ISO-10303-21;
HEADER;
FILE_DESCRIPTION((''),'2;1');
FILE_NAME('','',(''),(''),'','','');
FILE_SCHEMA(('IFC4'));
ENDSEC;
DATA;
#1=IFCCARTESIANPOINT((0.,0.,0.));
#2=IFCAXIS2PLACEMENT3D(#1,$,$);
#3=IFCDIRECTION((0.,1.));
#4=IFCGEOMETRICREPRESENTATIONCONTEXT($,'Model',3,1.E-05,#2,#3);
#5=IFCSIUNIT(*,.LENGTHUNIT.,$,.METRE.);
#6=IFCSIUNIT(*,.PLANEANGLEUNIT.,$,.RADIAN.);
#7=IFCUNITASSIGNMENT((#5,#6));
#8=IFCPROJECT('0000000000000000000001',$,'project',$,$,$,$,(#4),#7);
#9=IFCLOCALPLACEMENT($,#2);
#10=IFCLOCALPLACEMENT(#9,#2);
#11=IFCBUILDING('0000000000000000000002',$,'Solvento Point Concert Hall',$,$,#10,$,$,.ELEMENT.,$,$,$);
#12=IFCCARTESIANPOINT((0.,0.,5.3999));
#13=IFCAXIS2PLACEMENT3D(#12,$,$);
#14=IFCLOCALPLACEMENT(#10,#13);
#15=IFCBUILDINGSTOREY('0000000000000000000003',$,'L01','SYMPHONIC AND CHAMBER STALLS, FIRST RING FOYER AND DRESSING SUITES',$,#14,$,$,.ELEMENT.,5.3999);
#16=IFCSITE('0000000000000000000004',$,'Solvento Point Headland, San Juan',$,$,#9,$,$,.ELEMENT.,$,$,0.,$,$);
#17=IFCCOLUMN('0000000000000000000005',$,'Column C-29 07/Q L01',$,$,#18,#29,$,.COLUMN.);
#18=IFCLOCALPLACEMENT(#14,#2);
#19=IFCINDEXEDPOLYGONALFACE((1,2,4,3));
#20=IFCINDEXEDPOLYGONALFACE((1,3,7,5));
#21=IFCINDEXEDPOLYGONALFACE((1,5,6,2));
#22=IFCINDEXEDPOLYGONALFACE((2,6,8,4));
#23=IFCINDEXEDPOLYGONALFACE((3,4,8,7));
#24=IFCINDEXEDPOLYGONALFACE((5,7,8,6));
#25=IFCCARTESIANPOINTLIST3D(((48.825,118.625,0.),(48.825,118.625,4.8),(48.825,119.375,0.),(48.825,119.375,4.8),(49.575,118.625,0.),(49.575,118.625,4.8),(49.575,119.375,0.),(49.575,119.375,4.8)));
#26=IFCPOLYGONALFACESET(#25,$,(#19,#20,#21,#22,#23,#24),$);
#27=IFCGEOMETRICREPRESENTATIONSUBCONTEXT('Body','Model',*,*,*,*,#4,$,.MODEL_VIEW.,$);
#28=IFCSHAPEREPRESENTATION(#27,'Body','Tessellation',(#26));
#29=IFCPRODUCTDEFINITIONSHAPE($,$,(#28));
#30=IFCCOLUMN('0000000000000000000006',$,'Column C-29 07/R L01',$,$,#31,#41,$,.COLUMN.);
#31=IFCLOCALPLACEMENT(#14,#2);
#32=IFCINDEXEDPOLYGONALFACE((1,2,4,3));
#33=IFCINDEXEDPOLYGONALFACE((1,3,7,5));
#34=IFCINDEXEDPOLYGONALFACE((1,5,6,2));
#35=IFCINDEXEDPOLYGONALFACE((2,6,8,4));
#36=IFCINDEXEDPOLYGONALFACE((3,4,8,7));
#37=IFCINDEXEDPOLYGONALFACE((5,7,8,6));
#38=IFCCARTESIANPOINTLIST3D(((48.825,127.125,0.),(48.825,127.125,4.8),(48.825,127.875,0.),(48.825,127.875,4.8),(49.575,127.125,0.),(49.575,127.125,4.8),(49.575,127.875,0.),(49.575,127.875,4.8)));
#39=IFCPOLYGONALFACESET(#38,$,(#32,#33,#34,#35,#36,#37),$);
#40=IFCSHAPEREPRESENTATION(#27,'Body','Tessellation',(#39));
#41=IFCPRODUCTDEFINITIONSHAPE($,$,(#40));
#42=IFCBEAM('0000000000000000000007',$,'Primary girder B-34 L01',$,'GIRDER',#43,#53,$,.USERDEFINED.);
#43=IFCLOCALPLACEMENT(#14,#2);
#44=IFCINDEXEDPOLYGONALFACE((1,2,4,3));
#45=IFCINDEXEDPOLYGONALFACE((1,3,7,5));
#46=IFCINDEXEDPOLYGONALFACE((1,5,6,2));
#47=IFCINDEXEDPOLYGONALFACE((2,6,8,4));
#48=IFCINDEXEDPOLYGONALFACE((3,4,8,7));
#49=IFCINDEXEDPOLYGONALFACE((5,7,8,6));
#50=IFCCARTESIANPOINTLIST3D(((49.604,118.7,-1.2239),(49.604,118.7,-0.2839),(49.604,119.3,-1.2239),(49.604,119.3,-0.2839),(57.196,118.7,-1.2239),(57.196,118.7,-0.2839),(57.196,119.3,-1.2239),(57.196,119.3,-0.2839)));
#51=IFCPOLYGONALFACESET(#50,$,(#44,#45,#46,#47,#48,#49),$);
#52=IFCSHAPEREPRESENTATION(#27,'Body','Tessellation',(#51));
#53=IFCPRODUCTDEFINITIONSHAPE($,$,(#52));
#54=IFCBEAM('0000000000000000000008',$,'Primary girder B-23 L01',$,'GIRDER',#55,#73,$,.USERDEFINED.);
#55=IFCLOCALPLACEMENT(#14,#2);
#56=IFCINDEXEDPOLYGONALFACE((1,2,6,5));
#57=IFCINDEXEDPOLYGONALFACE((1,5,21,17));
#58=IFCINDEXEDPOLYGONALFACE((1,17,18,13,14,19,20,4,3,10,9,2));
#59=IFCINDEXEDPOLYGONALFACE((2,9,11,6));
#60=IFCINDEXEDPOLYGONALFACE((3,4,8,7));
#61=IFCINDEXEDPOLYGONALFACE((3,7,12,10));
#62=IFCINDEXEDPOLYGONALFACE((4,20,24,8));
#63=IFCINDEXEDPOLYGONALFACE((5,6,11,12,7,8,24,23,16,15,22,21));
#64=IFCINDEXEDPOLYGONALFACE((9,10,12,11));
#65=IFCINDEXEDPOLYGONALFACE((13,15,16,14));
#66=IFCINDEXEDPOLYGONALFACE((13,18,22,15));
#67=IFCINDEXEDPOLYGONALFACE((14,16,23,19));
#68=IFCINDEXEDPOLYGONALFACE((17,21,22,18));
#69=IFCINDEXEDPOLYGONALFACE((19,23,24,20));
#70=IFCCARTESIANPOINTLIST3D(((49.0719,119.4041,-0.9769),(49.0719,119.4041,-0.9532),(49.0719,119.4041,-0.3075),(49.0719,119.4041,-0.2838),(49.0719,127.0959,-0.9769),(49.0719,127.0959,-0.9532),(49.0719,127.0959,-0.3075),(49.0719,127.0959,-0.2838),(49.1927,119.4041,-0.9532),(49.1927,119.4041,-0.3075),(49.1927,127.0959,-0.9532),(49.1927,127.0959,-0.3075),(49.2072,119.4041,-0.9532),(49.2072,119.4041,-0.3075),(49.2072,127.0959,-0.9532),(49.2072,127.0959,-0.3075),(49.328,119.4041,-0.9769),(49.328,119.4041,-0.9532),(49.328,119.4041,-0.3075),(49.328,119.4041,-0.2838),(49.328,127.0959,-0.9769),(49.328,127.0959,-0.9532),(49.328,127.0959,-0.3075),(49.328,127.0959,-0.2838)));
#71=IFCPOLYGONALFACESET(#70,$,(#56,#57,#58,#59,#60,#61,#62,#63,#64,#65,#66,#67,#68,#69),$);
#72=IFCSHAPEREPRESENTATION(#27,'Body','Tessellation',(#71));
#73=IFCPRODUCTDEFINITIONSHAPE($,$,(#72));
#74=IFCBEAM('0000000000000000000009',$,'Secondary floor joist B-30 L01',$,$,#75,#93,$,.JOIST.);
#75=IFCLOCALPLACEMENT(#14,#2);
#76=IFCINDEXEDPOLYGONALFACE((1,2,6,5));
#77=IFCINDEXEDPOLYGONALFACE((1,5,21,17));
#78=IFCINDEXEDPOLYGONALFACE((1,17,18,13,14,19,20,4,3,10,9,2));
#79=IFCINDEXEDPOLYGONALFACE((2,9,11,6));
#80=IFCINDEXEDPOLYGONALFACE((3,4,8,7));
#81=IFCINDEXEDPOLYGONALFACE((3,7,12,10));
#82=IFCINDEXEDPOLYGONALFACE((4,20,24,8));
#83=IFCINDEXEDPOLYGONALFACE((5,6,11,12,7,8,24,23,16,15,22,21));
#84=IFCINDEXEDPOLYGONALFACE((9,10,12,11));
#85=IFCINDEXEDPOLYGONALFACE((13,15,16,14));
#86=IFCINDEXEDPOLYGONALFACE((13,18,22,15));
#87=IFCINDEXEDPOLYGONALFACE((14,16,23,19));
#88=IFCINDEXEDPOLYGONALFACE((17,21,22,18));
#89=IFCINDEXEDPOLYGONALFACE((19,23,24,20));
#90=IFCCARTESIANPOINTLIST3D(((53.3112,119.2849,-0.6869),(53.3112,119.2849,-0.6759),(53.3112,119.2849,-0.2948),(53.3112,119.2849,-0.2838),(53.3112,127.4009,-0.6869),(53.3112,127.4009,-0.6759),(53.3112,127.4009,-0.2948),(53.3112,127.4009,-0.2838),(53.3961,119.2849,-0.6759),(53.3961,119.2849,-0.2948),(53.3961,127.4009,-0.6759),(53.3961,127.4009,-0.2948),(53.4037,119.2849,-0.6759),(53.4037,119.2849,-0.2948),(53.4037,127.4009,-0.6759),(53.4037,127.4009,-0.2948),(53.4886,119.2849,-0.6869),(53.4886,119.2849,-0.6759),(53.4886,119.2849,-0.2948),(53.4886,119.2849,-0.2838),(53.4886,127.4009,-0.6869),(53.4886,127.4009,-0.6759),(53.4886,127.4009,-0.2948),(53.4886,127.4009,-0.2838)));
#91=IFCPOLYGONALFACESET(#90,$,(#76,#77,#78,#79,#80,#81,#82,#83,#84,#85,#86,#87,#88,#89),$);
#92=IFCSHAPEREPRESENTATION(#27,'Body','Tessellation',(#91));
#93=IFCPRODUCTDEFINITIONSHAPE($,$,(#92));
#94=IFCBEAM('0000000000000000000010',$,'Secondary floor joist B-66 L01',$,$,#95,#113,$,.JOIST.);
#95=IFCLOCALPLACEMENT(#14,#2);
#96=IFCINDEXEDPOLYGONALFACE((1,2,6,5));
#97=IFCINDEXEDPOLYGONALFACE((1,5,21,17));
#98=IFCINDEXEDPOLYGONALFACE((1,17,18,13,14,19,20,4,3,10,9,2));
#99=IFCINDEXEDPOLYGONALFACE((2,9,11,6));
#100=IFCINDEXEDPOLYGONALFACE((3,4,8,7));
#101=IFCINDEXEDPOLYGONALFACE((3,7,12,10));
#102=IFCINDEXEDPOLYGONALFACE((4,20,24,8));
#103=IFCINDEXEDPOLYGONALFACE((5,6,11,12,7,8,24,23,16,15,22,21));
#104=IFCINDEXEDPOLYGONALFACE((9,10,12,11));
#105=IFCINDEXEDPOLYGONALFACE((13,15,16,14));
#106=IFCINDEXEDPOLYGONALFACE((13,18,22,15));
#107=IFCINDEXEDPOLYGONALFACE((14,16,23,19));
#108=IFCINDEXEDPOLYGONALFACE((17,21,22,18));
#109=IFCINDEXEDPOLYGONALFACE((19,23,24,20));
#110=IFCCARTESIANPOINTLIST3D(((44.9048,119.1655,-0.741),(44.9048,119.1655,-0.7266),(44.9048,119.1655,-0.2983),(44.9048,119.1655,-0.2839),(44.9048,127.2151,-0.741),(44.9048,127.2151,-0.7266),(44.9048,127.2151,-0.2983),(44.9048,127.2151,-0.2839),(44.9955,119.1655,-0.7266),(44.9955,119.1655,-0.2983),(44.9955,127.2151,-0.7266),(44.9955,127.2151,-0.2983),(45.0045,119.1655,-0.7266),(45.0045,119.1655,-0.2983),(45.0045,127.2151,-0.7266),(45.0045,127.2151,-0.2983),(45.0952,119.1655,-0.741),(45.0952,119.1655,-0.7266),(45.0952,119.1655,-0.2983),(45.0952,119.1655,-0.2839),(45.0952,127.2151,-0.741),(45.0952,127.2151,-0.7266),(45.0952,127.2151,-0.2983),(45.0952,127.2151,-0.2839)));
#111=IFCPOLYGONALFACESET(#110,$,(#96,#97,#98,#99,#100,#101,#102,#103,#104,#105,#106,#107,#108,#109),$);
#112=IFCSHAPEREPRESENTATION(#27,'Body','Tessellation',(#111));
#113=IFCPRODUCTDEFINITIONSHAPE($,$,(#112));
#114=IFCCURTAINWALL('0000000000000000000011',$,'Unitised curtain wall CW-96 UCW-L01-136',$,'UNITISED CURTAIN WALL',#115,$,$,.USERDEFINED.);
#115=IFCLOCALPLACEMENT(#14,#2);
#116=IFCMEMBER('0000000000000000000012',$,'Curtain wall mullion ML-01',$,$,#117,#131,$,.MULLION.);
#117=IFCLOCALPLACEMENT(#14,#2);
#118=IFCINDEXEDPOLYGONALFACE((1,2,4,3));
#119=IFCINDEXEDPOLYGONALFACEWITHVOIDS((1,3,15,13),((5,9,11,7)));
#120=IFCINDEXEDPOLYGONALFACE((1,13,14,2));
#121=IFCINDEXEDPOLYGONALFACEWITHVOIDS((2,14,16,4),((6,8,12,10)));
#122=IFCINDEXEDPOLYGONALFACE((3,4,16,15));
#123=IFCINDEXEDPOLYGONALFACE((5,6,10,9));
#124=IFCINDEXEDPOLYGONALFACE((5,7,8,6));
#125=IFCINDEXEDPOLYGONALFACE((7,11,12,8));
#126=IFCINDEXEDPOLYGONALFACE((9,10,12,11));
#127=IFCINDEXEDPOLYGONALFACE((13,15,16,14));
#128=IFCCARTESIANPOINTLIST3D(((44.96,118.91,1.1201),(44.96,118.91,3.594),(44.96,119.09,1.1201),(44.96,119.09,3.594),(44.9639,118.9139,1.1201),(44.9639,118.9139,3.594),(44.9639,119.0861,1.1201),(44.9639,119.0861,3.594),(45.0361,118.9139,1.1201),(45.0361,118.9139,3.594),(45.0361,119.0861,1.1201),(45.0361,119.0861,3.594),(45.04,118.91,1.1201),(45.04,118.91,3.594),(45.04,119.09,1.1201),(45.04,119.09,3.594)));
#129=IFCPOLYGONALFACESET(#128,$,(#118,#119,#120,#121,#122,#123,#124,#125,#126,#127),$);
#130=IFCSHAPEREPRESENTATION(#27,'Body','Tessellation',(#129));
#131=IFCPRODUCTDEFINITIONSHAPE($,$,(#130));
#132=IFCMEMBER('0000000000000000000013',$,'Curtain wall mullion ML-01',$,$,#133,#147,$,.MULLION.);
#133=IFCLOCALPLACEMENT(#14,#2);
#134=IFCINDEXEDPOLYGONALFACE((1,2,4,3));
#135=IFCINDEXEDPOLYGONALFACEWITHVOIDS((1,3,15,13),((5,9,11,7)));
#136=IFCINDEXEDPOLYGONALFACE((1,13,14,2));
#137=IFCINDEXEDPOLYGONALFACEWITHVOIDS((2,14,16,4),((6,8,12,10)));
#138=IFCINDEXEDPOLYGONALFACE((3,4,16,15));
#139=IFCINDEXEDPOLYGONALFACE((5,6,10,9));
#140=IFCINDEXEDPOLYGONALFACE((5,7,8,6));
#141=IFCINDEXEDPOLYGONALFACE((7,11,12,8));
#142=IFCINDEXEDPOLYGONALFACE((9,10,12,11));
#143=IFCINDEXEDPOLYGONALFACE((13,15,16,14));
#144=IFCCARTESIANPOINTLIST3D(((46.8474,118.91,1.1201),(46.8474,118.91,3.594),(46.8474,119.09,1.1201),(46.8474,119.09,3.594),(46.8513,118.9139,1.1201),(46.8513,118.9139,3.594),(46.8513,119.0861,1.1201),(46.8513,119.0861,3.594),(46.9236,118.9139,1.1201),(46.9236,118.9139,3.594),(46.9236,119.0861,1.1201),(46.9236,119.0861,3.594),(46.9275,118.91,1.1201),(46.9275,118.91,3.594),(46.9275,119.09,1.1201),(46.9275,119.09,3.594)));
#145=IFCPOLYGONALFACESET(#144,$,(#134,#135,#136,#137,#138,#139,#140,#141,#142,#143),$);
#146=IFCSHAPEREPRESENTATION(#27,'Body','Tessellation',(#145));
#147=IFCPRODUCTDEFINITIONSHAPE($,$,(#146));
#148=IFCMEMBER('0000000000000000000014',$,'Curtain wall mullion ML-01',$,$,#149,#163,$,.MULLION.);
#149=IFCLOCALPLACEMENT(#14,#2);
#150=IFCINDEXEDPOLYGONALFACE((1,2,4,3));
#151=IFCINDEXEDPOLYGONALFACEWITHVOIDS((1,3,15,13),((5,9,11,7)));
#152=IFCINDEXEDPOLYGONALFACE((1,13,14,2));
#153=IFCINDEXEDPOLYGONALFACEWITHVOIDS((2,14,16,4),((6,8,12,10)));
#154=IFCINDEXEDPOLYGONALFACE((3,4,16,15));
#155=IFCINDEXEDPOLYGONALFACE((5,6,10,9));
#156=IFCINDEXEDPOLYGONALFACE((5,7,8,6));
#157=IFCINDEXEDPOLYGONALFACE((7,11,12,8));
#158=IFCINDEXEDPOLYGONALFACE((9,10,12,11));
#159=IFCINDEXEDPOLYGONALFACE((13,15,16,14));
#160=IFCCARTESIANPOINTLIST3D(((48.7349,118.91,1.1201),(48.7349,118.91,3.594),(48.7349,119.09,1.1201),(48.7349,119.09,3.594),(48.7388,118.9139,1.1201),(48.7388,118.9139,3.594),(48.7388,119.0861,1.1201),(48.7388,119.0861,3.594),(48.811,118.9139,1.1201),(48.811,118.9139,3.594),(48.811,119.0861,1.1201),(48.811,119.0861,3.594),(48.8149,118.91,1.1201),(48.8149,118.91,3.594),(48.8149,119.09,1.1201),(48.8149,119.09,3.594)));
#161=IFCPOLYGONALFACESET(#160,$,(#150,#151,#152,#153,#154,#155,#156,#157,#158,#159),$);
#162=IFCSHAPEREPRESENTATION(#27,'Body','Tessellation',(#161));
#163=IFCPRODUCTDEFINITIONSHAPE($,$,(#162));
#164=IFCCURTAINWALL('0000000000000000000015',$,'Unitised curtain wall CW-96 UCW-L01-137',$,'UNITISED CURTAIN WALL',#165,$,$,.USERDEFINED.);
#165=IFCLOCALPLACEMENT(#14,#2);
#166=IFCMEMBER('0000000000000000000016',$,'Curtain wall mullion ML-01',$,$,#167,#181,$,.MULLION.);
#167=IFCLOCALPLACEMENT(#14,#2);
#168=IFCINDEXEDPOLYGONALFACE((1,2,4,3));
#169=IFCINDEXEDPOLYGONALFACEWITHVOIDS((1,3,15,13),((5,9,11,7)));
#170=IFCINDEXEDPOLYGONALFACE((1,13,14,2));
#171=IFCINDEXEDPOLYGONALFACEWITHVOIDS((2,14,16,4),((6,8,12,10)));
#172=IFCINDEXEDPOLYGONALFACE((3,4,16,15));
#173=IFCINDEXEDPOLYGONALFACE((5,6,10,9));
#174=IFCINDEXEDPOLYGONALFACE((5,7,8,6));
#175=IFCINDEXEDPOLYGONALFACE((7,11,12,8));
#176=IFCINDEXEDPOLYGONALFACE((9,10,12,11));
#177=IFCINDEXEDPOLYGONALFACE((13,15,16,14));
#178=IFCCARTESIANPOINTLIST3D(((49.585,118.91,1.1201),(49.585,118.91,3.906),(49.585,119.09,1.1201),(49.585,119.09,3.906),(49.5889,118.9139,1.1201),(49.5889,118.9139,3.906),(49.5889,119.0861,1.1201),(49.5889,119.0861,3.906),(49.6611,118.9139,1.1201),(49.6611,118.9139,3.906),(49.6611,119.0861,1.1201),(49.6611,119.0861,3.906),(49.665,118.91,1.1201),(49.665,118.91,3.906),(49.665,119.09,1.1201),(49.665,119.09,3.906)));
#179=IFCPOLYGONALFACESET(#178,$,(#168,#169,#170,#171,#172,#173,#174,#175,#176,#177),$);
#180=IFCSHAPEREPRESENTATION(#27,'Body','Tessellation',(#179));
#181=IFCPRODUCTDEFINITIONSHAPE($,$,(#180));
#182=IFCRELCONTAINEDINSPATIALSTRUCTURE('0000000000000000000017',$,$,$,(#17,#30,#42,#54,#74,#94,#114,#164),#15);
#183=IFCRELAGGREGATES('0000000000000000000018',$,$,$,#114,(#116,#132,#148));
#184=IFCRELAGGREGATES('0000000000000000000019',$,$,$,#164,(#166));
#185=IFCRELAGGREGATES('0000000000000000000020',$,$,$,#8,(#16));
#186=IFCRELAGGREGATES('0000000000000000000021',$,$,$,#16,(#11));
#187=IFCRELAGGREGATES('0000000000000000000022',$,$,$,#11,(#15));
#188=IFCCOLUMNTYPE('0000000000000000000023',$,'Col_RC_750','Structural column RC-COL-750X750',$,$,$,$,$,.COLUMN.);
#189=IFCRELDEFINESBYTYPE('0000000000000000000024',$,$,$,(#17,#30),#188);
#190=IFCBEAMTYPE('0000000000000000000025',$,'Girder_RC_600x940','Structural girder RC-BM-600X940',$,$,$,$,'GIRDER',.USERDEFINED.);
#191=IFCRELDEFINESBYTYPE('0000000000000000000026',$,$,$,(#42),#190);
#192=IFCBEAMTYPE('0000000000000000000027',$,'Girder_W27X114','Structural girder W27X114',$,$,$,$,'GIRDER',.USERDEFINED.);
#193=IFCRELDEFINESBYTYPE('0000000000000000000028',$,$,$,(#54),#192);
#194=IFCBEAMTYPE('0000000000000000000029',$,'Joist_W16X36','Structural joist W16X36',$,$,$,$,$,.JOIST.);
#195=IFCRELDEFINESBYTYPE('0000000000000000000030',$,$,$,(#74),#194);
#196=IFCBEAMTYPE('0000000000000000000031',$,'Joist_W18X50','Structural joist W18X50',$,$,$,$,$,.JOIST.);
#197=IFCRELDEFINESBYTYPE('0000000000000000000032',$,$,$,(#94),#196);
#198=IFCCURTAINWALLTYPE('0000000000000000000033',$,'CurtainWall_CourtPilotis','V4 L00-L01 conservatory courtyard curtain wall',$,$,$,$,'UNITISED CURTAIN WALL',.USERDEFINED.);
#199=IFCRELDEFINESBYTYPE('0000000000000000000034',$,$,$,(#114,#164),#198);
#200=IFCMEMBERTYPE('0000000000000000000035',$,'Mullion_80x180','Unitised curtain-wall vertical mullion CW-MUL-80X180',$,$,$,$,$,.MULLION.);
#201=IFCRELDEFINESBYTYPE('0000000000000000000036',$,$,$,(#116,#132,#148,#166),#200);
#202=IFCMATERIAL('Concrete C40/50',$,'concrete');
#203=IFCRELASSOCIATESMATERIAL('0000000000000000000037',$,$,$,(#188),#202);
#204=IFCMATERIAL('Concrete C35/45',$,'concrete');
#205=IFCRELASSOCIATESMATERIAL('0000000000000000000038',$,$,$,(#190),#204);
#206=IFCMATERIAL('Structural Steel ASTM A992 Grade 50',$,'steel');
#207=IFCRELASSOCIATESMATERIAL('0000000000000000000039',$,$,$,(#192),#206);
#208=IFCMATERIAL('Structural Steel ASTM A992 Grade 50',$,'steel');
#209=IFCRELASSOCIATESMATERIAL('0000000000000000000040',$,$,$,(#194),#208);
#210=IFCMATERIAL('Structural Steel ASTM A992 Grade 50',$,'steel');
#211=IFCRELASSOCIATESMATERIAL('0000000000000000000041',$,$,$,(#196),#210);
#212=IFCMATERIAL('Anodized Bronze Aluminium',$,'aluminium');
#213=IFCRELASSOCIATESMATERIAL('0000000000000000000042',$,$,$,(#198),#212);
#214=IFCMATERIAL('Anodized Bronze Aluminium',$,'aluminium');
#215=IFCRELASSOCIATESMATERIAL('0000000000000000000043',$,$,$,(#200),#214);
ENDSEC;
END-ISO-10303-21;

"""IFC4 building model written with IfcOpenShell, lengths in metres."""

from ifc_helpers import new_model, si_unit, direction, frame, origin, origin_2d, place, context, subcontext, project, spatial, rectangle, hollow_rectangle, i_section, extrude, material, material_profile, profile_set, type_object, element, aggregate, save


model = new_model("IFC4")

# Units and contexts
model_context = context("Model", 3, precision=1e-05, world=origin(), true_north=direction((0.0, 1.0)))
body_context = subcontext(model_context, "Body", "Model", "MODEL_VIEW")
ifc_project = project(units=[si_unit("LENGTHUNIT", "METRE"), si_unit("PLANEANGLEUNIT", "RADIAN")], contexts=[model_context])

# Site, building, storey
site_placement = place(None, origin())
site = spatial("IfcSite", under=ifc_project, at=site_placement, Name="Solvento Point Headland, San Juan", CompositionType="ELEMENT", RefElevation=0.0)
building_placement = place(site_placement, origin())
building = spatial("IfcBuilding", under=site, at=building_placement, Name="Solvento Point Concert Hall", CompositionType="ELEMENT")
storey_placement = place(building_placement, frame((0.0, 0.0, 5.3999)))
storey = spatial("IfcBuildingStorey", under=building, at=storey_placement, Name="L01", Description="SYMPHONIC AND CHAMBER STALLS, FIRST RING FOYER AND DRESSING SUITES", CompositionType="ELEMENT", Elevation=5.3999)

# Columns
ifc_material_1 = material(Name="Concrete C40/50", Category="concrete")
ifc_material_profile_1 = material_profile(ifc_material_1, rectangle(XDim=0.75, YDim=0.75, at=origin_2d()), Name="RC-COL-750X750")
ifc_profile_set_1 = profile_set([ifc_material_profile_1], Name="Concrete C40/50")
column_type = type_object("IfcColumnType", Name="Col_RC_750", Description="Structural column RC-COL-750X750", PredefinedType="COLUMN", material=ifc_profile_set_1)
for number, where, z_axis, x_axis, name in (
    (1, (49.2, 119.0, 0.0), (0.0, 0.0, 1.0), (1.0, 0.0, 0.0), "Column C-29 07/Q L01"),
    (2, (49.2, 127.5, 0.0), (0.0, 0.0, 1.0), (1.0, 0.0, 0.0), "Column C-29 07/R L01"),
):
    element("IfcColumn", number, at=place(storey_placement, frame(where, z_axis=z_axis, x_axis=x_axis)), inside=storey, type_object=column_type, Name=name, PredefinedType="COLUMN", context=body_context, shape_type="SweptSolid", body=[
        extrude(rectangle(XDim=0.75, YDim=0.75, at=origin_2d()), origin(), (0.0, 0.0, 1.0), 4.8),
    ])

# Beams
ifc_material_2 = material(Name="Concrete C35/45", Category="concrete")
ifc_material_profile_2 = material_profile(ifc_material_2, rectangle(XDim=0.6001, YDim=0.9399, at=origin_2d()), Name="RC-BM-600X940")
ifc_profile_set_2 = profile_set([ifc_material_profile_2], Name="Concrete C35/45")
beam_type_1 = type_object("IfcBeamType", Name="Girder_RC_600x940", Description="Structural girder RC-BM-600X940", ElementType="GIRDER", PredefinedType="USERDEFINED", material=ifc_profile_set_2)
beam_1_placement = place(storey_placement, frame((49.604, 119.0, -0.7539), z_axis=(1.0, 0.0, 0.0), x_axis=(0.0, 1.0, 0.0)))
element("IfcBeam", 3, at=beam_1_placement, inside=storey, type_object=beam_type_1, Name="Primary girder B-34 L01", ObjectType="GIRDER", PredefinedType="USERDEFINED", context=body_context, shape_type="SweptSolid", body=[
    extrude(rectangle(XDim=0.6001, YDim=0.9399, at=origin_2d()), origin(), (0.0, 0.0, 1.0), 7.592),
])
ifc_material_3 = material(Name="Structural Steel ASTM A992 Grade 50", Category="steel")
ifc_material_profile_3 = material_profile(ifc_material_3, i_section(OverallWidth=0.2561, OverallDepth=0.6931, WebThickness=0.0144, FlangeThickness=0.0237, at=origin_2d()), Name="W27X114")
ifc_profile_set_3 = profile_set([ifc_material_profile_3], Name="Structural Steel ASTM A992 Grade 50")
beam_type_2 = type_object("IfcBeamType", Name="Girder_W27X114", Description="Structural girder W27X114", ElementType="GIRDER", PredefinedType="USERDEFINED", material=ifc_profile_set_3)
beam_2_placement = place(storey_placement, frame((49.2, 119.4041, -0.6304), z_axis=(0.0, 1.0, 0.0), x_axis=(-1.0, 0.0, 0.0)))
element("IfcBeam", 4, at=beam_2_placement, inside=storey, type_object=beam_type_2, Name="Primary girder B-23 L01", ObjectType="GIRDER", PredefinedType="USERDEFINED", context=body_context, shape_type="SweptSolid", body=[
    extrude(i_section(OverallWidth=0.2561, OverallDepth=0.6931, WebThickness=0.0144, FlangeThickness=0.0237, at=origin_2d()), origin(), (0.0, 0.0, 1.0), 7.6919),
])
ifc_material_4 = material(Name="Structural Steel ASTM A992 Grade 50", Category="steel")
ifc_material_profile_4 = material_profile(ifc_material_4, i_section(OverallWidth=0.1775, OverallDepth=0.4031, WebThickness=0.0076, FlangeThickness=0.011, at=origin_2d()), Name="W16X36")
ifc_profile_set_4 = profile_set([ifc_material_profile_4], Name="Structural Steel ASTM A992 Grade 50")
beam_type_3 = type_object("IfcBeamType", Name="Joist_W16X36", Description="Structural joist W16X36", PredefinedType="JOIST", material=ifc_profile_set_4)
beam_3_placement = place(storey_placement, frame((53.3999, 119.2849, -0.4854), z_axis=(0.0, 1.0, 0.0), x_axis=(-1.0, 0.0, 0.0)))
element("IfcBeam", 5, at=beam_3_placement, inside=storey, type_object=beam_type_3, Name="Secondary floor joist B-30 L01", PredefinedType="JOIST", context=body_context, shape_type="SweptSolid", body=[
    extrude(i_section(OverallWidth=0.1775, OverallDepth=0.4031, WebThickness=0.0076, FlangeThickness=0.011, at=origin_2d()), origin(), (0.0, 0.0, 1.0), 8.116),
])
ifc_material_5 = material(Name="Structural Steel ASTM A992 Grade 50", Category="steel")
ifc_material_profile_5 = material_profile(ifc_material_5, i_section(OverallWidth=0.1904, OverallDepth=0.457, WebThickness=0.009, FlangeThickness=0.0144, at=origin_2d()), Name="W18X50")
ifc_profile_set_5 = profile_set([ifc_material_profile_5], Name="Structural Steel ASTM A992 Grade 50")
beam_type_4 = type_object("IfcBeamType", Name="Joist_W18X50", Description="Structural joist W18X50", PredefinedType="JOIST", material=ifc_profile_set_5)
beam_4_placement = place(storey_placement, frame((45.0, 119.1655, -0.5125), z_axis=(0.0, 1.0, 0.0), x_axis=(-1.0, 0.0, 0.0)))
element("IfcBeam", 6, at=beam_4_placement, inside=storey, type_object=beam_type_4, Name="Secondary floor joist B-66 L01", PredefinedType="JOIST", context=body_context, shape_type="SweptSolid", body=[
    extrude(i_section(OverallWidth=0.1904, OverallDepth=0.457, WebThickness=0.009, FlangeThickness=0.0144, at=origin_2d()), origin(), (0.0, 0.0, 1.0), 8.0496),
])

# Curtain walls, members
ifc_material_6 = material(Name="Anodized Bronze Aluminium", Category="aluminium")
curtain_wall_type = type_object("IfcCurtainWallType", Name="CurtainWall_CourtPilotis", Description="V4 L00-L01 conservatory courtyard curtain wall", ElementType="UNITISED CURTAIN WALL", PredefinedType="USERDEFINED", material=ifc_material_6)
curtain_wall_1_placement = place(storey_placement, origin())
curtain_wall_1 = element("IfcCurtainWall", 7, at=curtain_wall_1_placement, inside=storey, type_object=curtain_wall_type, Name="Unitised curtain wall CW-96 UCW-L01-136", ObjectType="UNITISED CURTAIN WALL", PredefinedType="USERDEFINED")
ifc_material_7 = material(Name="Anodized Bronze Aluminium", Category="aluminium")
ifc_material_profile_6 = material_profile(ifc_material_7, hollow_rectangle(XDim=0.0801, YDim=0.1799, WallThickness=0.0039, at=origin_2d()), Name="CW-MUL-80X180")
ifc_profile_set_6 = profile_set([ifc_material_profile_6], Name="Anodized Bronze Aluminium")
member_type_1 = type_object("IfcMemberType", Name="Mullion_80x180", Description="Unitised curtain-wall vertical mullion CW-MUL-80X180", PredefinedType="MULLION", material=ifc_profile_set_6)
member_1_placement = place(storey_placement, frame((45.0, 119.0, 1.1201), z_axis=(0.0, 0.0, 1.0), x_axis=(1.0, 0.0, 0.0)))
member_1 = element("IfcMember", 8, at=member_1_placement, type_object=member_type_1, Name="Curtain wall mullion ML-01", PredefinedType="MULLION", context=body_context, shape_type="SweptSolid", body=[
    extrude(hollow_rectangle(XDim=0.0801, YDim=0.1799, WallThickness=0.0039, at=origin_2d()), origin(), (0.0, 0.0, 1.0), 2.4739),
])
member_2_placement = place(storey_placement, frame((46.8875, 119.0, 1.1201), z_axis=(0.0, 0.0, 1.0), x_axis=(1.0, 0.0, 0.0)))
member_2 = element("IfcMember", 9, at=member_2_placement, type_object=member_type_1, Name="Curtain wall mullion ML-01", PredefinedType="MULLION", context=body_context, shape_type="SweptSolid", body=[
    extrude(hollow_rectangle(XDim=0.0801, YDim=0.1799, WallThickness=0.0039, at=origin_2d()), origin(), (0.0, 0.0, 1.0), 2.4739),
])
member_3_placement = place(storey_placement, frame((48.7749, 119.0, 1.1201), z_axis=(0.0, 0.0, 1.0), x_axis=(1.0, 0.0, 0.0)))
member_3 = element("IfcMember", 10, at=member_3_placement, type_object=member_type_1, Name="Curtain wall mullion ML-01", PredefinedType="MULLION", context=body_context, shape_type="SweptSolid", body=[
    extrude(hollow_rectangle(XDim=0.0801, YDim=0.1799, WallThickness=0.0039, at=origin_2d()), origin(), (0.0, 0.0, 1.0), 2.4739),
])
curtain_wall_2_placement = place(storey_placement, origin())
curtain_wall_2 = element("IfcCurtainWall", 11, at=curtain_wall_2_placement, inside=storey, type_object=curtain_wall_type, Name="Unitised curtain wall CW-96 UCW-L01-137", ObjectType="UNITISED CURTAIN WALL", PredefinedType="USERDEFINED")
member_4_placement = place(storey_placement, frame((49.625, 119.0, 1.1201), z_axis=(0.0, 0.0, 1.0), x_axis=(1.0, 0.0, 0.0)))
member_4 = element("IfcMember", 12, at=member_4_placement, type_object=member_type_1, Name="Curtain wall mullion ML-01", PredefinedType="MULLION", context=body_context, shape_type="SweptSolid", body=[
    extrude(hollow_rectangle(XDim=0.0801, YDim=0.1799, WallThickness=0.0039, at=origin_2d()), origin(), (0.0, 0.0, 1.0), 2.7859),
])

aggregate(curtain_wall_1, [member_1, member_2, member_3])
aggregate(curtain_wall_2, [member_4])

save(model, "model.ifc")
